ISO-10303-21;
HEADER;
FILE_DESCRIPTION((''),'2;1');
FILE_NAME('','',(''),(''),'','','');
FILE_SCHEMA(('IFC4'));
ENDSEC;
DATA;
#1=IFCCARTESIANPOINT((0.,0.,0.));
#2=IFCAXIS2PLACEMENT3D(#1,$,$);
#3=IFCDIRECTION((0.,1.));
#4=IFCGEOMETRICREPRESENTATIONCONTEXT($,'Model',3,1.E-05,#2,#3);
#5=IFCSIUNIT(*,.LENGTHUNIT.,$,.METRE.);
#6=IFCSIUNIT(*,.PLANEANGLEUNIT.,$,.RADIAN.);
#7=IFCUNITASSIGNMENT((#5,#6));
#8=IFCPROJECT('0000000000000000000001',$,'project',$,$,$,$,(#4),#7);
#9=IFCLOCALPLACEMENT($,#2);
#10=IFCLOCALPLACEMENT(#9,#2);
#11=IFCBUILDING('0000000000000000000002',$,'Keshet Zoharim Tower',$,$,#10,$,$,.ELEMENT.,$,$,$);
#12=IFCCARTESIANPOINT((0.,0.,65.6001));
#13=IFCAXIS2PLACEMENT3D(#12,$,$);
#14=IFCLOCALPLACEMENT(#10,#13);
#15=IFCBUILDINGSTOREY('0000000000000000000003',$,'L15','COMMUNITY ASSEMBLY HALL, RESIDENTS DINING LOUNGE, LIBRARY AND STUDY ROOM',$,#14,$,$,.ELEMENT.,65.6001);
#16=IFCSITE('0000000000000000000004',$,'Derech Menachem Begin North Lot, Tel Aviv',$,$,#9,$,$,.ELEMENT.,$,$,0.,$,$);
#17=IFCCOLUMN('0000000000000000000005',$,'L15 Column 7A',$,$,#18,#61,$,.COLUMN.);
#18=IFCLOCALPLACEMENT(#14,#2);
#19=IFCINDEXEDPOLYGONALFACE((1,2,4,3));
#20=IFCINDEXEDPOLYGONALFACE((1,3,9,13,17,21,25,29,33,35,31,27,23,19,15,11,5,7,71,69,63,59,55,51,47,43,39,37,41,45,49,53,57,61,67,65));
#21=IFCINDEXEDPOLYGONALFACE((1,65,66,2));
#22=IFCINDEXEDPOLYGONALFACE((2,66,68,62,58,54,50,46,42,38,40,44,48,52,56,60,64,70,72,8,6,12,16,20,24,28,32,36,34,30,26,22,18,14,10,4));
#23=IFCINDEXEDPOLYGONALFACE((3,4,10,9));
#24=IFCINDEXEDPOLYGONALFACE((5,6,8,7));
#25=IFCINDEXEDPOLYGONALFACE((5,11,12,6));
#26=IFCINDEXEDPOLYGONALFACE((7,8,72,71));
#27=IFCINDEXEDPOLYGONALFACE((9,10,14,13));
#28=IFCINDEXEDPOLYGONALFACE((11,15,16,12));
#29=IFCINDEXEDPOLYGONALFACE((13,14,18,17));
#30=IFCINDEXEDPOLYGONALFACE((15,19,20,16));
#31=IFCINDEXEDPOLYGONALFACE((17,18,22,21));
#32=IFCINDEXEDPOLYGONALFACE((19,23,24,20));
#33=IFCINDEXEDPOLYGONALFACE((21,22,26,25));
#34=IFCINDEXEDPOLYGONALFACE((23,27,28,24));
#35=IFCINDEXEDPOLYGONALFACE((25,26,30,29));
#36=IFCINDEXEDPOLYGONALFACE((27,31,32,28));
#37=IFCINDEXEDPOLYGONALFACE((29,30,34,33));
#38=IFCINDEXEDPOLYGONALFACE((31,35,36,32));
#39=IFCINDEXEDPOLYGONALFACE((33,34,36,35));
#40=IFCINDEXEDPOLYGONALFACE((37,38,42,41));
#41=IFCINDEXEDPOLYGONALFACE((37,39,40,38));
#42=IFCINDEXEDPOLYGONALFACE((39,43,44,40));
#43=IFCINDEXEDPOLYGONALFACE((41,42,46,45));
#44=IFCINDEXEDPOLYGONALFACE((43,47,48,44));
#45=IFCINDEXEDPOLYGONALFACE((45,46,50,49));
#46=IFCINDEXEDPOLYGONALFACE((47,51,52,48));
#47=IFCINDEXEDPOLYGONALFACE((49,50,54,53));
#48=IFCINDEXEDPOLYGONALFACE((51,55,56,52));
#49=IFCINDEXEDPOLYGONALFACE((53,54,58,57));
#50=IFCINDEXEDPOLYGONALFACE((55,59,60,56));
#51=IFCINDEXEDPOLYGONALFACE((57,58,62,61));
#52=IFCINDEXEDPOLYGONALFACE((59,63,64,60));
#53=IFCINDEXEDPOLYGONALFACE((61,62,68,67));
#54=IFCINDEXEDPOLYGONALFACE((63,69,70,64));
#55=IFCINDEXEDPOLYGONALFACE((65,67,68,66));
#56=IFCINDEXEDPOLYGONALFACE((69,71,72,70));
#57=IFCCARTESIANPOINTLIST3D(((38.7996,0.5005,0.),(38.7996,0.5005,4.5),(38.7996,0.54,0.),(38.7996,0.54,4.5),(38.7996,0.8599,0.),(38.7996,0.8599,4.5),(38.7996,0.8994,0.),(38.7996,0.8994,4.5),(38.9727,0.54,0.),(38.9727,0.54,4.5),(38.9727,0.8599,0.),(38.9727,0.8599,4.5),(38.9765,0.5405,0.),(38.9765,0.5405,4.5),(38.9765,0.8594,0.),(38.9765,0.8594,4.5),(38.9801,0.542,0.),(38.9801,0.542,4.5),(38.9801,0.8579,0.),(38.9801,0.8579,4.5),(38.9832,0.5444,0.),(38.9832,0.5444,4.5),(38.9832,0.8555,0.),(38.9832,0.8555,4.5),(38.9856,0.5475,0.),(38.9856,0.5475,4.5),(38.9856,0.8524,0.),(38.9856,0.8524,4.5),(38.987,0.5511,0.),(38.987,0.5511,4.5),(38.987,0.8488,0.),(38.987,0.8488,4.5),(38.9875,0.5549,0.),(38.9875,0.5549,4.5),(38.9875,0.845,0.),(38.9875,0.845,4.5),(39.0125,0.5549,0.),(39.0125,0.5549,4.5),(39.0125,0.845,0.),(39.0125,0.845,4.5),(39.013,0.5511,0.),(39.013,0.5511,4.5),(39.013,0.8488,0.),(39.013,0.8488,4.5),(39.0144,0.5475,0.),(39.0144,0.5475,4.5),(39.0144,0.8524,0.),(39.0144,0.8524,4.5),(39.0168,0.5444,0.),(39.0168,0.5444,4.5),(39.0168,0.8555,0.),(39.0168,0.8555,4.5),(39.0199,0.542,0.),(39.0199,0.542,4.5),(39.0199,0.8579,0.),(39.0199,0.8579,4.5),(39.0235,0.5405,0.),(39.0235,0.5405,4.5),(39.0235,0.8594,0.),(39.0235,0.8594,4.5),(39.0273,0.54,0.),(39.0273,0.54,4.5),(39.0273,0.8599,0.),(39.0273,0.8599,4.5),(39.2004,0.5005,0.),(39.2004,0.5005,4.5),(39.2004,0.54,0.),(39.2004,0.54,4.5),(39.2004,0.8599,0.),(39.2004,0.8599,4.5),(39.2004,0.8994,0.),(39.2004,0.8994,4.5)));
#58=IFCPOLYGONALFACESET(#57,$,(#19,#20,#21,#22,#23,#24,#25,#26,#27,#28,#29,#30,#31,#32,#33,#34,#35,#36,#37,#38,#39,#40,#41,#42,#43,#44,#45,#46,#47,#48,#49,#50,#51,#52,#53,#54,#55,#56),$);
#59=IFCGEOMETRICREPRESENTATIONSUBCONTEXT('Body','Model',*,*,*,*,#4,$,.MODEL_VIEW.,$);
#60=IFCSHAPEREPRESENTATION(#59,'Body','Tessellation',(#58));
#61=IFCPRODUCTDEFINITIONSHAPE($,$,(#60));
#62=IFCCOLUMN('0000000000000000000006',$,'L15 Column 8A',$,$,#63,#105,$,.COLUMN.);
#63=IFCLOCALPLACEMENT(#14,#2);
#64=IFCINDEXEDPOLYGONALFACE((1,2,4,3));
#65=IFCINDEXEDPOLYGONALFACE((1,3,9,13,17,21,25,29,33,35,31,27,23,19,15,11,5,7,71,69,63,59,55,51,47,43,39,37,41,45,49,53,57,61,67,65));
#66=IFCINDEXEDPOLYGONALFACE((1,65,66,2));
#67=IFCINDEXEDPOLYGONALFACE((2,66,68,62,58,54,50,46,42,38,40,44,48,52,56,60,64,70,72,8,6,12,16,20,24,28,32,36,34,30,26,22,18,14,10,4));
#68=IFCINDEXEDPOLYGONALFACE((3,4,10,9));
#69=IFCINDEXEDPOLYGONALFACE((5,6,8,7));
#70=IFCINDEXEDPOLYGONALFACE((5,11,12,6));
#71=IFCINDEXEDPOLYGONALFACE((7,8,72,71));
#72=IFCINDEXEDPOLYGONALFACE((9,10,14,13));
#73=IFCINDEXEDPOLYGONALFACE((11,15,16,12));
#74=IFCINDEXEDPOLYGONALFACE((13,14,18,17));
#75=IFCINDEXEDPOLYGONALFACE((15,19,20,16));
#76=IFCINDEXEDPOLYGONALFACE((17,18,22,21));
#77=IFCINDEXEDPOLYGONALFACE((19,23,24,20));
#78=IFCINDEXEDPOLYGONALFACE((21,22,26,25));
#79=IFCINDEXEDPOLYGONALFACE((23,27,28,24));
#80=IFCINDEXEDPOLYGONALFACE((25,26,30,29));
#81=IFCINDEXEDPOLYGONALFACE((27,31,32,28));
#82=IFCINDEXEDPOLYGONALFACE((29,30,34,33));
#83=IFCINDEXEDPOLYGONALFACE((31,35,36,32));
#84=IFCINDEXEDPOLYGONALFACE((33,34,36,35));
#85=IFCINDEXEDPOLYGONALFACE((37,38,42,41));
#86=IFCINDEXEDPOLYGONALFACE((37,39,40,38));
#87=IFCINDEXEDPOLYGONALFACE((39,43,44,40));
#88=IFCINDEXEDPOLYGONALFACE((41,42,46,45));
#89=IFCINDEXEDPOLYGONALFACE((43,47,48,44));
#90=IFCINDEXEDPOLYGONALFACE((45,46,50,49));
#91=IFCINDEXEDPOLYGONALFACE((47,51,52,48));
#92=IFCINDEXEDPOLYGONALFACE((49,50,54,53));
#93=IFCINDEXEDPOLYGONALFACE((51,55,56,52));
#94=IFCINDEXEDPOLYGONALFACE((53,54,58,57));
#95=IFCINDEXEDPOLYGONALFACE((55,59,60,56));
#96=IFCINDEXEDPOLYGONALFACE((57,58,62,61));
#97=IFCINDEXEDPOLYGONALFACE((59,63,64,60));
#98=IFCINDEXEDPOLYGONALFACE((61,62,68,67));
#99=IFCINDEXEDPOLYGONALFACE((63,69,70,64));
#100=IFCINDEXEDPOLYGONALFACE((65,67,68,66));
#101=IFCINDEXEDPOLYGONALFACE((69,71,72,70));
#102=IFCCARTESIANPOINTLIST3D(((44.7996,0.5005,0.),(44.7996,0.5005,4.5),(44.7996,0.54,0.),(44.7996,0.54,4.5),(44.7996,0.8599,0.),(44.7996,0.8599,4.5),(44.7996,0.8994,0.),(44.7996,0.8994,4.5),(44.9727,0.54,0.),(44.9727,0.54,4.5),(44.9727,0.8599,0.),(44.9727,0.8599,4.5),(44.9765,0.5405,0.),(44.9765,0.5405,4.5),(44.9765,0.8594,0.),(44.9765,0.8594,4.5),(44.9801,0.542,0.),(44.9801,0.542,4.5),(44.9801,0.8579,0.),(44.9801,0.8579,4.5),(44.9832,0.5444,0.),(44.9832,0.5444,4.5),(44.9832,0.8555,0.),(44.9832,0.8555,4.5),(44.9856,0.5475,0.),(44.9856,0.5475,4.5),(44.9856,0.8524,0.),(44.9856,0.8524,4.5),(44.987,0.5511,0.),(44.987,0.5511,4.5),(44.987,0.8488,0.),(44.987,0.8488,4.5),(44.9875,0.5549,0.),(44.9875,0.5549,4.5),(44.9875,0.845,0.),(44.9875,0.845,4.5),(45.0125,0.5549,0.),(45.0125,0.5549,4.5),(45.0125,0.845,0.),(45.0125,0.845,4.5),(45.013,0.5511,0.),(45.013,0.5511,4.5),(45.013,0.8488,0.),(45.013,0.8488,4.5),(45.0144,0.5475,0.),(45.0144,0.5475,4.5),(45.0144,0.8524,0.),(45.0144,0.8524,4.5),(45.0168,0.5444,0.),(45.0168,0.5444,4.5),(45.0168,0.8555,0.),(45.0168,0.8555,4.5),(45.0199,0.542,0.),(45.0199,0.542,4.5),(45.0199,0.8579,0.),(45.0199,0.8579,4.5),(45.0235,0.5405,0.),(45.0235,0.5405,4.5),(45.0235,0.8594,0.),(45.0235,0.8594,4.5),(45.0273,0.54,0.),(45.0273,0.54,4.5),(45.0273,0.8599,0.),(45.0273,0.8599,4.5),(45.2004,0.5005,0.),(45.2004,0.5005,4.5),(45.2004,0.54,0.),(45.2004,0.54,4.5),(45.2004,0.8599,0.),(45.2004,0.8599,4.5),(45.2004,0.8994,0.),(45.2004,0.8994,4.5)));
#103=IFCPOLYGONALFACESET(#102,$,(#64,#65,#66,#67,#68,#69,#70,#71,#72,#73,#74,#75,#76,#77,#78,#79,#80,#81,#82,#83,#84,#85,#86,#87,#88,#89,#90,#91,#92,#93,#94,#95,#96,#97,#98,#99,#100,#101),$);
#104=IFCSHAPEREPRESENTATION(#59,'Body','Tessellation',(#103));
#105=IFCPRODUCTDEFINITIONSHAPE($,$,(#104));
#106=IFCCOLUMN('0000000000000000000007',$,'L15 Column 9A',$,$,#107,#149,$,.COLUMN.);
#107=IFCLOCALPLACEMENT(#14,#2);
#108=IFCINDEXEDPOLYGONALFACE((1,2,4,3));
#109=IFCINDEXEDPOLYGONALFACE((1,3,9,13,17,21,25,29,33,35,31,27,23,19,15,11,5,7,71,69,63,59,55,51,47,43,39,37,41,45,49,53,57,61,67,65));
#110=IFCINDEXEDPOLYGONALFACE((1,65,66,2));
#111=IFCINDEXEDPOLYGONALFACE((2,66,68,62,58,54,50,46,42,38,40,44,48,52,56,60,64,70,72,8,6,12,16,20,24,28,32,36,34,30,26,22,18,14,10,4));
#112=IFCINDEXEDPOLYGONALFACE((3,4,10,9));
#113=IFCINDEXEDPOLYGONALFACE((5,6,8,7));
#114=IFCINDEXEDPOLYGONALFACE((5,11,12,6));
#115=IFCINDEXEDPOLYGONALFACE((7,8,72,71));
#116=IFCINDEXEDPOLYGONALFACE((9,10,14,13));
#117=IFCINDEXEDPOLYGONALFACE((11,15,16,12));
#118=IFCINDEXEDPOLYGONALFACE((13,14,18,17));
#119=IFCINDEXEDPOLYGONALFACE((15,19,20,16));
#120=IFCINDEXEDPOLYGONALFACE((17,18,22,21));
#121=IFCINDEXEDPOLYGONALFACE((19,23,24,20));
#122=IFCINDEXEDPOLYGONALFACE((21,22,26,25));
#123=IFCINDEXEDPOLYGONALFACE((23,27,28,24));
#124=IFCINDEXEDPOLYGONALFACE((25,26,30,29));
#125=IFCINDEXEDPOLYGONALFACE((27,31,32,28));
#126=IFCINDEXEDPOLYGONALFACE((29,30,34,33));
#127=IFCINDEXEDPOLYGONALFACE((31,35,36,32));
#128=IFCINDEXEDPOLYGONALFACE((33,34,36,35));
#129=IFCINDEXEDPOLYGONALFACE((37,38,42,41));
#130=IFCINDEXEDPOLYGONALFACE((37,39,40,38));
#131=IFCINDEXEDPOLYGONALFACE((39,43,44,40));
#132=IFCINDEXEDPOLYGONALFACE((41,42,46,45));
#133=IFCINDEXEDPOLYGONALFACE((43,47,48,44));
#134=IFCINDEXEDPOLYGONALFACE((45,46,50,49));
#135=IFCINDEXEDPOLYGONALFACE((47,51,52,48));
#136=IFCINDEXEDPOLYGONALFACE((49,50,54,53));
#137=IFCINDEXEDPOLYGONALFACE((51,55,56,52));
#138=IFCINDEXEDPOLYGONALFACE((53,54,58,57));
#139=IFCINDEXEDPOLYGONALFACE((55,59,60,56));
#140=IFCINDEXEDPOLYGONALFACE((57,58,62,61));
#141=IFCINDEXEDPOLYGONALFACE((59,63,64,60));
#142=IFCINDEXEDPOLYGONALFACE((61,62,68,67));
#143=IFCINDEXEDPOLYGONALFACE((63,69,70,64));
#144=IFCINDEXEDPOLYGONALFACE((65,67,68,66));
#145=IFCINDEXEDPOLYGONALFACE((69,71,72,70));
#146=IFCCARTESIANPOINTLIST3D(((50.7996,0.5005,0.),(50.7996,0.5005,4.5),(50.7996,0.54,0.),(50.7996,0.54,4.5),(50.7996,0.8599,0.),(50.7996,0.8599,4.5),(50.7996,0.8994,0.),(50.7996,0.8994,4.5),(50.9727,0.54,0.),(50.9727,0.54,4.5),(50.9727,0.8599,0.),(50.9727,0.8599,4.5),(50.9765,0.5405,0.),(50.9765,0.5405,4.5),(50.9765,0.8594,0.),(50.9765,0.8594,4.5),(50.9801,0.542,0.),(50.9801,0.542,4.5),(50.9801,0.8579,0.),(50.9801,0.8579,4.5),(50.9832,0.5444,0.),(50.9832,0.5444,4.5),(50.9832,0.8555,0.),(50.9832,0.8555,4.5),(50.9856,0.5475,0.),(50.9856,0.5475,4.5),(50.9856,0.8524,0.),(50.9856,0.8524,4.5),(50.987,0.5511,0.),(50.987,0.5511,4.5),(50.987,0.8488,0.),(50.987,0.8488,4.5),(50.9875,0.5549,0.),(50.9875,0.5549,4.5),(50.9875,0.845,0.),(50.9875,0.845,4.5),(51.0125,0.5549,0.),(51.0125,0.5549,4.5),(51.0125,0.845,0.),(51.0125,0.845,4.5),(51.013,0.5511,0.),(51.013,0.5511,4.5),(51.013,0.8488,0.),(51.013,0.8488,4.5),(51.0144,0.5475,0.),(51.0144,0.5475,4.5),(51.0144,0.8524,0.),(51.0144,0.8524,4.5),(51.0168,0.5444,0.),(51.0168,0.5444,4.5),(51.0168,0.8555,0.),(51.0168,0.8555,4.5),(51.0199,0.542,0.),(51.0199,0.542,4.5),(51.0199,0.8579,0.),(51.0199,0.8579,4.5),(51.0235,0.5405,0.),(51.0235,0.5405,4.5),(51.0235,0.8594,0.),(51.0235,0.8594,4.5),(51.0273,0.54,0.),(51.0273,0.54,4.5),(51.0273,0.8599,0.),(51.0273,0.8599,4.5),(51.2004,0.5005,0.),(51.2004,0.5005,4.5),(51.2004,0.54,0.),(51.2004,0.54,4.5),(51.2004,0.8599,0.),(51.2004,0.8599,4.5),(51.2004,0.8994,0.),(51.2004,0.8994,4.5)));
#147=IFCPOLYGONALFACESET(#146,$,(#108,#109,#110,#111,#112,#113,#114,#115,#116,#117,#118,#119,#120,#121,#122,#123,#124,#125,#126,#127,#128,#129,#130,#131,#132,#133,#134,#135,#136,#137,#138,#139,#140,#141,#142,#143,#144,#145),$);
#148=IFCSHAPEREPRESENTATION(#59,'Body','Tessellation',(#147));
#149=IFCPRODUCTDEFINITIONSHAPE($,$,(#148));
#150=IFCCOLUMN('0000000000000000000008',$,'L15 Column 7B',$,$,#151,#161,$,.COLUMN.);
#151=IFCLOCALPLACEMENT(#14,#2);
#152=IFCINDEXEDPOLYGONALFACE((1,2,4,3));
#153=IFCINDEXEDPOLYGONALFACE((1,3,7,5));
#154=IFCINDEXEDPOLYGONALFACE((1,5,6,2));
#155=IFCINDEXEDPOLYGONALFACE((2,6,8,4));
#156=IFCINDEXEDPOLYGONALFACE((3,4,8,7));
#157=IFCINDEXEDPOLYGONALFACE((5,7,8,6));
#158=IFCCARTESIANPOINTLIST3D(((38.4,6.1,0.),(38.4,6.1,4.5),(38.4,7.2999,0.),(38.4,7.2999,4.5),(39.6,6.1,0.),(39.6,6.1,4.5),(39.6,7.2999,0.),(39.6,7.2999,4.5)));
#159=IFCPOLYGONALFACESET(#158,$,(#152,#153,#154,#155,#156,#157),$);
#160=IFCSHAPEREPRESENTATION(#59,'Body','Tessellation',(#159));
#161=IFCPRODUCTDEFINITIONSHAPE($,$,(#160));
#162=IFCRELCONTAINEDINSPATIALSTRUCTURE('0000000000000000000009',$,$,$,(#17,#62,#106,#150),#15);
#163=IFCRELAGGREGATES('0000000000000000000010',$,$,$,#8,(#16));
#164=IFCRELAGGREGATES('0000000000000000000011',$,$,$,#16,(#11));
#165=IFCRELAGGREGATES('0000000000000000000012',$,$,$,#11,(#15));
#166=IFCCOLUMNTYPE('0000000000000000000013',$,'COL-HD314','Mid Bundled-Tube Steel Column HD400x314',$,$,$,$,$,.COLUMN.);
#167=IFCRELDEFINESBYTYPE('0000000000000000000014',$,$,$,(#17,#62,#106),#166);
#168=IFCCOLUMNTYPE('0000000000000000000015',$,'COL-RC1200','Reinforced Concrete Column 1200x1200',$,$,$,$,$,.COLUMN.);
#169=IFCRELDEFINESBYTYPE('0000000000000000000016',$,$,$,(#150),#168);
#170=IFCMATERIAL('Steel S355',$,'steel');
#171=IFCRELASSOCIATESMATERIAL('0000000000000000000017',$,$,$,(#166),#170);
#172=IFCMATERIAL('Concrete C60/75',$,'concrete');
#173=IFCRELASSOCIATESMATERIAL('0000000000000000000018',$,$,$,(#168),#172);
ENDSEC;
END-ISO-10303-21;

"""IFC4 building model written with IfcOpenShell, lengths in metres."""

from ifc_helpers import new_model, si_unit, direction, frame, origin, origin_2d, place, context, subcontext, project, spatial, rectangle, i_section, extrude, material, material_profile, profile_set, type_object, element, save


model = new_model("IFC4")

# Units and contexts
model_context = context("Model", 3, precision=1e-05, world=origin(), true_north=direction((0.0, 1.0)))
body_context = subcontext(model_context, "Body", "Model", "MODEL_VIEW")
ifc_project = project(units=[si_unit("LENGTHUNIT", "METRE"), si_unit("PLANEANGLEUNIT", "RADIAN")], contexts=[model_context])

# Site, building, storey
site_placement = place(None, origin())
site = spatial("IfcSite", under=ifc_project, at=site_placement, Name="Derech Menachem Begin North Lot, Tel Aviv", CompositionType="ELEMENT", RefElevation=0.0)
building_placement = place(site_placement, origin())
building = spatial("IfcBuilding", under=site, at=building_placement, Name="Keshet Zoharim Tower", CompositionType="ELEMENT")
storey_placement = place(building_placement, frame((0.0, 0.0, 65.6001)))
storey = spatial("IfcBuildingStorey", under=building, at=storey_placement, Name="L15", Description="COMMUNITY ASSEMBLY HALL, RESIDENTS DINING LOUNGE, LIBRARY AND STUDY ROOM", CompositionType="ELEMENT", Elevation=65.6001)

# Columns
ifc_material_1 = material(Name="Steel S355", Category="steel")
ifc_material_profile_1 = material_profile(ifc_material_1, i_section(OverallWidth=0.4009, OverallDepth=0.3989, WebThickness=0.0249, FlangeThickness=0.0396, FilletRadius=0.0149, at=origin_2d()), Name="HD400x314")
ifc_profile_set_1 = profile_set([ifc_material_profile_1], Name="Steel S355")
column_type_1 = type_object("IfcColumnType", Name="COL-HD314", Description="Mid Bundled-Tube Steel Column HD400x314", PredefinedType="COLUMN", material=ifc_profile_set_1)
for number, where, z_axis, x_axis, name in (
    (1, (39.0, 0.7, 0.0), (0.0, 0.0, 1.0), (1.0, 0.0, 0.0), "L15 Column 7A"),
    (2, (45.0, 0.7, 0.0), (0.0, 0.0, 1.0), (1.0, 0.0, 0.0), "L15 Column 8A"),
    (3, (51.0, 0.7, 0.0), (0.0, 0.0, 1.0), (1.0, 0.0, 0.0), "L15 Column 9A"),
):
    element("IfcColumn", number, at=place(storey_placement, frame(where, z_axis=z_axis, x_axis=x_axis)), inside=storey, type_object=column_type_1, Name=name, PredefinedType="COLUMN", context=body_context, shape_type="SweptSolid", body=[
        extrude(i_section(OverallWidth=0.4009, OverallDepth=0.3989, WebThickness=0.0249, FlangeThickness=0.0396, FilletRadius=0.0149, at=origin_2d()), origin(), (0.0, 0.0, 1.0), 4.5),
    ])
ifc_material_2 = material(Name="Concrete C60/75", Category="concrete")
ifc_material_profile_2 = material_profile(ifc_material_2, rectangle(XDim=1.2, YDim=1.2, at=origin_2d()), Name="RC1200x1200")
ifc_profile_set_2 = profile_set([ifc_material_profile_2], Name="Concrete C60/75")
column_type_2 = type_object("IfcColumnType", Name="COL-RC1200", Description="Reinforced Concrete Column 1200x1200", PredefinedType="COLUMN", material=ifc_profile_set_2)
column_placement = place(storey_placement, frame((39.0, 6.7, 0.0), z_axis=(0.0, 0.0, 1.0), x_axis=(1.0, 0.0, 0.0)))
element("IfcColumn", 4, at=column_placement, inside=storey, type_object=column_type_2, Name="L15 Column 7B", PredefinedType="COLUMN", context=body_context, shape_type="SweptSolid", body=[
    extrude(rectangle(XDim=1.2, YDim=1.2, at=origin_2d()), origin(), (0.0, 0.0, 1.0), 4.5),
])

save(model, "model.ifc")
